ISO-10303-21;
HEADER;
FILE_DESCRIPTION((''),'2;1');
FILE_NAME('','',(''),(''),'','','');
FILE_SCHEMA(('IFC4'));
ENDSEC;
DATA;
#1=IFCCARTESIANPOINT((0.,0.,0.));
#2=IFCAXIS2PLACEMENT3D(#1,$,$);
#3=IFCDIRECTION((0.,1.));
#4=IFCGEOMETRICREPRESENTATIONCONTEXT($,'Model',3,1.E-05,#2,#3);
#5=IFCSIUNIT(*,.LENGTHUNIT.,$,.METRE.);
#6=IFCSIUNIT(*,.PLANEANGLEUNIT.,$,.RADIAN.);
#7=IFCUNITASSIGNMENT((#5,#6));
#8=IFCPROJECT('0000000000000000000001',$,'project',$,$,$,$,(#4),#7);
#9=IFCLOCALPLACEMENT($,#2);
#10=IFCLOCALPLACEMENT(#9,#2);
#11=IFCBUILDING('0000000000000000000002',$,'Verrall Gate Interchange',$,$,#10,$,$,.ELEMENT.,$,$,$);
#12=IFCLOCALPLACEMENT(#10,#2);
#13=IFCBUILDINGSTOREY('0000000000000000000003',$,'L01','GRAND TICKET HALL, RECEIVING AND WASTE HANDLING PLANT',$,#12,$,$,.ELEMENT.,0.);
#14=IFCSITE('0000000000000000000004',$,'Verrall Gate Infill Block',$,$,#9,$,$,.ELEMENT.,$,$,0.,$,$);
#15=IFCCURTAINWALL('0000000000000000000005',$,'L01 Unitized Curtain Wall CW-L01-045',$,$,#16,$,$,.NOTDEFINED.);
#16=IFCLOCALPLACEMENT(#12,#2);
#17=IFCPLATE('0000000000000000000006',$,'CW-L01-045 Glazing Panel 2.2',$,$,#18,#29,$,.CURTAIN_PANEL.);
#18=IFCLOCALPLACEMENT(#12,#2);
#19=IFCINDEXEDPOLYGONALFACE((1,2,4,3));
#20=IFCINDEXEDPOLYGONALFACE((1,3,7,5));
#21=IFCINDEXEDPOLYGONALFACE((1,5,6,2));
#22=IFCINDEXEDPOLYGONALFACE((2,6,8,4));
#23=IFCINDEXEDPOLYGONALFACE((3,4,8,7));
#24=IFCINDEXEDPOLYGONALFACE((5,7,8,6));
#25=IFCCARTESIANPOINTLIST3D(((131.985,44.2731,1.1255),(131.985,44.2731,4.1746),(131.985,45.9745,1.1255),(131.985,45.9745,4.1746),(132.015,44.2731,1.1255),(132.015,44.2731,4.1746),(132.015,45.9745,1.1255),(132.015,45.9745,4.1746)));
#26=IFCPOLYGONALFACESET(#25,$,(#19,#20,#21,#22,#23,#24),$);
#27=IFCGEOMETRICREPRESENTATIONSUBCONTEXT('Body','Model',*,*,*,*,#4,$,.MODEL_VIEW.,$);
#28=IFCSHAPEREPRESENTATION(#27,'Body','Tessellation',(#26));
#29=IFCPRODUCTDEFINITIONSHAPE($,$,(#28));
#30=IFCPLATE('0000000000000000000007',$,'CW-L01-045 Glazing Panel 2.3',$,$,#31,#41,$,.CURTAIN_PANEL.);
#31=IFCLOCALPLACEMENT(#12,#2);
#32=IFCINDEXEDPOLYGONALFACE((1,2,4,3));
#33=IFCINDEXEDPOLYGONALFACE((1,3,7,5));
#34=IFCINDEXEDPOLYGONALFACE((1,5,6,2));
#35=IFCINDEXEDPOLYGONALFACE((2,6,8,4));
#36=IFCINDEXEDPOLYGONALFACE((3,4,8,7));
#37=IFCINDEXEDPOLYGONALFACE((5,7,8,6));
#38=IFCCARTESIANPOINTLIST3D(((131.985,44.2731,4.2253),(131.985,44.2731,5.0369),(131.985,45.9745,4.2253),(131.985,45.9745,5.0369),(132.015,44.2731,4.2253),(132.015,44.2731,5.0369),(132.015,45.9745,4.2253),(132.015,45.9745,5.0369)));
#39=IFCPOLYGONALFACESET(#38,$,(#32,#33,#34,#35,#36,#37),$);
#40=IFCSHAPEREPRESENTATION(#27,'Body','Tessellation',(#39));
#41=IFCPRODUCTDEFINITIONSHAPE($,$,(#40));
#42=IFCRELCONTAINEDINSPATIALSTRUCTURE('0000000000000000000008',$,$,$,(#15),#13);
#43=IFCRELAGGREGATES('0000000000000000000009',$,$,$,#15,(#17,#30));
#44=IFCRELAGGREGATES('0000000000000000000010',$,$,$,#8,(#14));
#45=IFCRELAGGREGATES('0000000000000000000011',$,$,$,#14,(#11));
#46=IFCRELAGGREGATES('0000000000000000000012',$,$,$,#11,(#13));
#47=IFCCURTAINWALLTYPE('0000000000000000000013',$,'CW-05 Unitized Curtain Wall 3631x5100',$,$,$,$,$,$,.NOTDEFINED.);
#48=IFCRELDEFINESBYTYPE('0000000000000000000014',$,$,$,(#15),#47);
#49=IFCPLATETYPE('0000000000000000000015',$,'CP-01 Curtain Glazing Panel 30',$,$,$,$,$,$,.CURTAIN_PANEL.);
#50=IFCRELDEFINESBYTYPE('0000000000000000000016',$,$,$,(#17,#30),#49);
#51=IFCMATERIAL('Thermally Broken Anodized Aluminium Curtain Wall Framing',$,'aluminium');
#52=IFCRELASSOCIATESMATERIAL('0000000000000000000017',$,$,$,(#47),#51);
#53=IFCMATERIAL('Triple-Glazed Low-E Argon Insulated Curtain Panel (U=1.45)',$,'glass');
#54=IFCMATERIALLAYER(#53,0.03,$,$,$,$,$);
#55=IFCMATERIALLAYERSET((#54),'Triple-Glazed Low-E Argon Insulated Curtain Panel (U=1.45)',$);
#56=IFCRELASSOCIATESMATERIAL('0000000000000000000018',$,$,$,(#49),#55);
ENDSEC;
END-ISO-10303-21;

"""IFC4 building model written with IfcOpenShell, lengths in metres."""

from ifc_helpers import new_model, si_unit, direction, frame, origin, origin_2d, place, context, subcontext, project, spatial, rectangle, extrude, material, layer, layer_set, type_object, element, aggregate, save


model = new_model("IFC4")

# Units and contexts
model_context = context("Model", 3, precision=1e-05, world=origin(), true_north=direction((0.0, 1.0)))
body_context = subcontext(model_context, "Body", "Model", "MODEL_VIEW")
ifc_project = project(units=[si_unit("LENGTHUNIT", "METRE"), si_unit("PLANEANGLEUNIT", "RADIAN")], contexts=[model_context])

# Site, building, storey
site_placement = place(None, origin())
site = spatial("IfcSite", under=ifc_project, at=site_placement, Name="Verrall Gate Infill Block", CompositionType="ELEMENT", RefElevation=0.0)
building_placement = place(site_placement, origin())
building = spatial("IfcBuilding", under=site, at=building_placement, Name="Verrall Gate Interchange", CompositionType="ELEMENT")
storey_placement = place(building_placement, origin())
storey = spatial("IfcBuildingStorey", under=building, at=storey_placement, Name="L01", Description="GRAND TICKET HALL, RECEIVING AND WASTE HANDLING PLANT", CompositionType="ELEMENT", Elevation=0.0)

# Shared definitions
ifc_material_1 = material(Name="Thermally Broken Anodized Aluminium Curtain Wall Framing", Category="aluminium")
curtain_wall_type = type_object("IfcCurtainWallType", Name="CW-05 Unitized Curtain Wall 3631x5100", PredefinedType="NOTDEFINED", material=ifc_material_1)

# Curtain wall
curtain_wall_1_placement = place(storey_placement, origin())
curtain_wall_1 = element("IfcCurtainWall", 1, at=curtain_wall_1_placement, inside=storey, type_object=curtain_wall_type, Name="L01 Unitized Curtain Wall CW-L01-045", PredefinedType="NOTDEFINED")

# Plates
ifc_material_2 = material(Name="Triple-Glazed Low-E Argon Insulated Curtain Panel (U=1.45)", Category="glass")
ifc_layer = layer(ifc_material_2, 0.03)
ifc_layer_set = layer_set([ifc_layer], Name="Triple-Glazed Low-E Argon Insulated Curtain Panel (U=1.45)")
plate_type = type_object("IfcPlateType", Name="CP-01 Curtain Glazing Panel 30", PredefinedType="CURTAIN_PANEL", material=ifc_layer_set)
plate_1_placement = place(storey_placement, frame((132.0, 45.1238, 1.1255), z_axis=(0.0, 0.0, 1.0), x_axis=(0.0, -1.0, 0.0)))
plate_1 = element("IfcPlate", 2, at=plate_1_placement, type_object=plate_type, Name="CW-L01-045 Glazing Panel 2.2", PredefinedType="CURTAIN_PANEL", context=body_context, shape_type="SweptSolid", body=[
    extrude(rectangle(XDim=1.7014, YDim=0.03, at=origin_2d()), origin(), (0.0, 0.0, 1.0), 3.0491),
])
plate_2_placement = place(storey_placement, frame((132.0, 45.1238, 4.2253), z_axis=(0.0, 0.0, 1.0), x_axis=(0.0, -1.0, 0.0)))
plate_2 = element("IfcPlate", 3, at=plate_2_placement, type_object=plate_type, Name="CW-L01-045 Glazing Panel 2.3", PredefinedType="CURTAIN_PANEL", context=body_context, shape_type="SweptSolid", body=[
    extrude(rectangle(XDim=1.7014, YDim=0.03, at=origin_2d()), origin(), (0.0, 0.0, 1.0), 0.8115),
])
aggregate(curtain_wall_1, [plate_1, plate_2])

save(model, "model.ifc")
